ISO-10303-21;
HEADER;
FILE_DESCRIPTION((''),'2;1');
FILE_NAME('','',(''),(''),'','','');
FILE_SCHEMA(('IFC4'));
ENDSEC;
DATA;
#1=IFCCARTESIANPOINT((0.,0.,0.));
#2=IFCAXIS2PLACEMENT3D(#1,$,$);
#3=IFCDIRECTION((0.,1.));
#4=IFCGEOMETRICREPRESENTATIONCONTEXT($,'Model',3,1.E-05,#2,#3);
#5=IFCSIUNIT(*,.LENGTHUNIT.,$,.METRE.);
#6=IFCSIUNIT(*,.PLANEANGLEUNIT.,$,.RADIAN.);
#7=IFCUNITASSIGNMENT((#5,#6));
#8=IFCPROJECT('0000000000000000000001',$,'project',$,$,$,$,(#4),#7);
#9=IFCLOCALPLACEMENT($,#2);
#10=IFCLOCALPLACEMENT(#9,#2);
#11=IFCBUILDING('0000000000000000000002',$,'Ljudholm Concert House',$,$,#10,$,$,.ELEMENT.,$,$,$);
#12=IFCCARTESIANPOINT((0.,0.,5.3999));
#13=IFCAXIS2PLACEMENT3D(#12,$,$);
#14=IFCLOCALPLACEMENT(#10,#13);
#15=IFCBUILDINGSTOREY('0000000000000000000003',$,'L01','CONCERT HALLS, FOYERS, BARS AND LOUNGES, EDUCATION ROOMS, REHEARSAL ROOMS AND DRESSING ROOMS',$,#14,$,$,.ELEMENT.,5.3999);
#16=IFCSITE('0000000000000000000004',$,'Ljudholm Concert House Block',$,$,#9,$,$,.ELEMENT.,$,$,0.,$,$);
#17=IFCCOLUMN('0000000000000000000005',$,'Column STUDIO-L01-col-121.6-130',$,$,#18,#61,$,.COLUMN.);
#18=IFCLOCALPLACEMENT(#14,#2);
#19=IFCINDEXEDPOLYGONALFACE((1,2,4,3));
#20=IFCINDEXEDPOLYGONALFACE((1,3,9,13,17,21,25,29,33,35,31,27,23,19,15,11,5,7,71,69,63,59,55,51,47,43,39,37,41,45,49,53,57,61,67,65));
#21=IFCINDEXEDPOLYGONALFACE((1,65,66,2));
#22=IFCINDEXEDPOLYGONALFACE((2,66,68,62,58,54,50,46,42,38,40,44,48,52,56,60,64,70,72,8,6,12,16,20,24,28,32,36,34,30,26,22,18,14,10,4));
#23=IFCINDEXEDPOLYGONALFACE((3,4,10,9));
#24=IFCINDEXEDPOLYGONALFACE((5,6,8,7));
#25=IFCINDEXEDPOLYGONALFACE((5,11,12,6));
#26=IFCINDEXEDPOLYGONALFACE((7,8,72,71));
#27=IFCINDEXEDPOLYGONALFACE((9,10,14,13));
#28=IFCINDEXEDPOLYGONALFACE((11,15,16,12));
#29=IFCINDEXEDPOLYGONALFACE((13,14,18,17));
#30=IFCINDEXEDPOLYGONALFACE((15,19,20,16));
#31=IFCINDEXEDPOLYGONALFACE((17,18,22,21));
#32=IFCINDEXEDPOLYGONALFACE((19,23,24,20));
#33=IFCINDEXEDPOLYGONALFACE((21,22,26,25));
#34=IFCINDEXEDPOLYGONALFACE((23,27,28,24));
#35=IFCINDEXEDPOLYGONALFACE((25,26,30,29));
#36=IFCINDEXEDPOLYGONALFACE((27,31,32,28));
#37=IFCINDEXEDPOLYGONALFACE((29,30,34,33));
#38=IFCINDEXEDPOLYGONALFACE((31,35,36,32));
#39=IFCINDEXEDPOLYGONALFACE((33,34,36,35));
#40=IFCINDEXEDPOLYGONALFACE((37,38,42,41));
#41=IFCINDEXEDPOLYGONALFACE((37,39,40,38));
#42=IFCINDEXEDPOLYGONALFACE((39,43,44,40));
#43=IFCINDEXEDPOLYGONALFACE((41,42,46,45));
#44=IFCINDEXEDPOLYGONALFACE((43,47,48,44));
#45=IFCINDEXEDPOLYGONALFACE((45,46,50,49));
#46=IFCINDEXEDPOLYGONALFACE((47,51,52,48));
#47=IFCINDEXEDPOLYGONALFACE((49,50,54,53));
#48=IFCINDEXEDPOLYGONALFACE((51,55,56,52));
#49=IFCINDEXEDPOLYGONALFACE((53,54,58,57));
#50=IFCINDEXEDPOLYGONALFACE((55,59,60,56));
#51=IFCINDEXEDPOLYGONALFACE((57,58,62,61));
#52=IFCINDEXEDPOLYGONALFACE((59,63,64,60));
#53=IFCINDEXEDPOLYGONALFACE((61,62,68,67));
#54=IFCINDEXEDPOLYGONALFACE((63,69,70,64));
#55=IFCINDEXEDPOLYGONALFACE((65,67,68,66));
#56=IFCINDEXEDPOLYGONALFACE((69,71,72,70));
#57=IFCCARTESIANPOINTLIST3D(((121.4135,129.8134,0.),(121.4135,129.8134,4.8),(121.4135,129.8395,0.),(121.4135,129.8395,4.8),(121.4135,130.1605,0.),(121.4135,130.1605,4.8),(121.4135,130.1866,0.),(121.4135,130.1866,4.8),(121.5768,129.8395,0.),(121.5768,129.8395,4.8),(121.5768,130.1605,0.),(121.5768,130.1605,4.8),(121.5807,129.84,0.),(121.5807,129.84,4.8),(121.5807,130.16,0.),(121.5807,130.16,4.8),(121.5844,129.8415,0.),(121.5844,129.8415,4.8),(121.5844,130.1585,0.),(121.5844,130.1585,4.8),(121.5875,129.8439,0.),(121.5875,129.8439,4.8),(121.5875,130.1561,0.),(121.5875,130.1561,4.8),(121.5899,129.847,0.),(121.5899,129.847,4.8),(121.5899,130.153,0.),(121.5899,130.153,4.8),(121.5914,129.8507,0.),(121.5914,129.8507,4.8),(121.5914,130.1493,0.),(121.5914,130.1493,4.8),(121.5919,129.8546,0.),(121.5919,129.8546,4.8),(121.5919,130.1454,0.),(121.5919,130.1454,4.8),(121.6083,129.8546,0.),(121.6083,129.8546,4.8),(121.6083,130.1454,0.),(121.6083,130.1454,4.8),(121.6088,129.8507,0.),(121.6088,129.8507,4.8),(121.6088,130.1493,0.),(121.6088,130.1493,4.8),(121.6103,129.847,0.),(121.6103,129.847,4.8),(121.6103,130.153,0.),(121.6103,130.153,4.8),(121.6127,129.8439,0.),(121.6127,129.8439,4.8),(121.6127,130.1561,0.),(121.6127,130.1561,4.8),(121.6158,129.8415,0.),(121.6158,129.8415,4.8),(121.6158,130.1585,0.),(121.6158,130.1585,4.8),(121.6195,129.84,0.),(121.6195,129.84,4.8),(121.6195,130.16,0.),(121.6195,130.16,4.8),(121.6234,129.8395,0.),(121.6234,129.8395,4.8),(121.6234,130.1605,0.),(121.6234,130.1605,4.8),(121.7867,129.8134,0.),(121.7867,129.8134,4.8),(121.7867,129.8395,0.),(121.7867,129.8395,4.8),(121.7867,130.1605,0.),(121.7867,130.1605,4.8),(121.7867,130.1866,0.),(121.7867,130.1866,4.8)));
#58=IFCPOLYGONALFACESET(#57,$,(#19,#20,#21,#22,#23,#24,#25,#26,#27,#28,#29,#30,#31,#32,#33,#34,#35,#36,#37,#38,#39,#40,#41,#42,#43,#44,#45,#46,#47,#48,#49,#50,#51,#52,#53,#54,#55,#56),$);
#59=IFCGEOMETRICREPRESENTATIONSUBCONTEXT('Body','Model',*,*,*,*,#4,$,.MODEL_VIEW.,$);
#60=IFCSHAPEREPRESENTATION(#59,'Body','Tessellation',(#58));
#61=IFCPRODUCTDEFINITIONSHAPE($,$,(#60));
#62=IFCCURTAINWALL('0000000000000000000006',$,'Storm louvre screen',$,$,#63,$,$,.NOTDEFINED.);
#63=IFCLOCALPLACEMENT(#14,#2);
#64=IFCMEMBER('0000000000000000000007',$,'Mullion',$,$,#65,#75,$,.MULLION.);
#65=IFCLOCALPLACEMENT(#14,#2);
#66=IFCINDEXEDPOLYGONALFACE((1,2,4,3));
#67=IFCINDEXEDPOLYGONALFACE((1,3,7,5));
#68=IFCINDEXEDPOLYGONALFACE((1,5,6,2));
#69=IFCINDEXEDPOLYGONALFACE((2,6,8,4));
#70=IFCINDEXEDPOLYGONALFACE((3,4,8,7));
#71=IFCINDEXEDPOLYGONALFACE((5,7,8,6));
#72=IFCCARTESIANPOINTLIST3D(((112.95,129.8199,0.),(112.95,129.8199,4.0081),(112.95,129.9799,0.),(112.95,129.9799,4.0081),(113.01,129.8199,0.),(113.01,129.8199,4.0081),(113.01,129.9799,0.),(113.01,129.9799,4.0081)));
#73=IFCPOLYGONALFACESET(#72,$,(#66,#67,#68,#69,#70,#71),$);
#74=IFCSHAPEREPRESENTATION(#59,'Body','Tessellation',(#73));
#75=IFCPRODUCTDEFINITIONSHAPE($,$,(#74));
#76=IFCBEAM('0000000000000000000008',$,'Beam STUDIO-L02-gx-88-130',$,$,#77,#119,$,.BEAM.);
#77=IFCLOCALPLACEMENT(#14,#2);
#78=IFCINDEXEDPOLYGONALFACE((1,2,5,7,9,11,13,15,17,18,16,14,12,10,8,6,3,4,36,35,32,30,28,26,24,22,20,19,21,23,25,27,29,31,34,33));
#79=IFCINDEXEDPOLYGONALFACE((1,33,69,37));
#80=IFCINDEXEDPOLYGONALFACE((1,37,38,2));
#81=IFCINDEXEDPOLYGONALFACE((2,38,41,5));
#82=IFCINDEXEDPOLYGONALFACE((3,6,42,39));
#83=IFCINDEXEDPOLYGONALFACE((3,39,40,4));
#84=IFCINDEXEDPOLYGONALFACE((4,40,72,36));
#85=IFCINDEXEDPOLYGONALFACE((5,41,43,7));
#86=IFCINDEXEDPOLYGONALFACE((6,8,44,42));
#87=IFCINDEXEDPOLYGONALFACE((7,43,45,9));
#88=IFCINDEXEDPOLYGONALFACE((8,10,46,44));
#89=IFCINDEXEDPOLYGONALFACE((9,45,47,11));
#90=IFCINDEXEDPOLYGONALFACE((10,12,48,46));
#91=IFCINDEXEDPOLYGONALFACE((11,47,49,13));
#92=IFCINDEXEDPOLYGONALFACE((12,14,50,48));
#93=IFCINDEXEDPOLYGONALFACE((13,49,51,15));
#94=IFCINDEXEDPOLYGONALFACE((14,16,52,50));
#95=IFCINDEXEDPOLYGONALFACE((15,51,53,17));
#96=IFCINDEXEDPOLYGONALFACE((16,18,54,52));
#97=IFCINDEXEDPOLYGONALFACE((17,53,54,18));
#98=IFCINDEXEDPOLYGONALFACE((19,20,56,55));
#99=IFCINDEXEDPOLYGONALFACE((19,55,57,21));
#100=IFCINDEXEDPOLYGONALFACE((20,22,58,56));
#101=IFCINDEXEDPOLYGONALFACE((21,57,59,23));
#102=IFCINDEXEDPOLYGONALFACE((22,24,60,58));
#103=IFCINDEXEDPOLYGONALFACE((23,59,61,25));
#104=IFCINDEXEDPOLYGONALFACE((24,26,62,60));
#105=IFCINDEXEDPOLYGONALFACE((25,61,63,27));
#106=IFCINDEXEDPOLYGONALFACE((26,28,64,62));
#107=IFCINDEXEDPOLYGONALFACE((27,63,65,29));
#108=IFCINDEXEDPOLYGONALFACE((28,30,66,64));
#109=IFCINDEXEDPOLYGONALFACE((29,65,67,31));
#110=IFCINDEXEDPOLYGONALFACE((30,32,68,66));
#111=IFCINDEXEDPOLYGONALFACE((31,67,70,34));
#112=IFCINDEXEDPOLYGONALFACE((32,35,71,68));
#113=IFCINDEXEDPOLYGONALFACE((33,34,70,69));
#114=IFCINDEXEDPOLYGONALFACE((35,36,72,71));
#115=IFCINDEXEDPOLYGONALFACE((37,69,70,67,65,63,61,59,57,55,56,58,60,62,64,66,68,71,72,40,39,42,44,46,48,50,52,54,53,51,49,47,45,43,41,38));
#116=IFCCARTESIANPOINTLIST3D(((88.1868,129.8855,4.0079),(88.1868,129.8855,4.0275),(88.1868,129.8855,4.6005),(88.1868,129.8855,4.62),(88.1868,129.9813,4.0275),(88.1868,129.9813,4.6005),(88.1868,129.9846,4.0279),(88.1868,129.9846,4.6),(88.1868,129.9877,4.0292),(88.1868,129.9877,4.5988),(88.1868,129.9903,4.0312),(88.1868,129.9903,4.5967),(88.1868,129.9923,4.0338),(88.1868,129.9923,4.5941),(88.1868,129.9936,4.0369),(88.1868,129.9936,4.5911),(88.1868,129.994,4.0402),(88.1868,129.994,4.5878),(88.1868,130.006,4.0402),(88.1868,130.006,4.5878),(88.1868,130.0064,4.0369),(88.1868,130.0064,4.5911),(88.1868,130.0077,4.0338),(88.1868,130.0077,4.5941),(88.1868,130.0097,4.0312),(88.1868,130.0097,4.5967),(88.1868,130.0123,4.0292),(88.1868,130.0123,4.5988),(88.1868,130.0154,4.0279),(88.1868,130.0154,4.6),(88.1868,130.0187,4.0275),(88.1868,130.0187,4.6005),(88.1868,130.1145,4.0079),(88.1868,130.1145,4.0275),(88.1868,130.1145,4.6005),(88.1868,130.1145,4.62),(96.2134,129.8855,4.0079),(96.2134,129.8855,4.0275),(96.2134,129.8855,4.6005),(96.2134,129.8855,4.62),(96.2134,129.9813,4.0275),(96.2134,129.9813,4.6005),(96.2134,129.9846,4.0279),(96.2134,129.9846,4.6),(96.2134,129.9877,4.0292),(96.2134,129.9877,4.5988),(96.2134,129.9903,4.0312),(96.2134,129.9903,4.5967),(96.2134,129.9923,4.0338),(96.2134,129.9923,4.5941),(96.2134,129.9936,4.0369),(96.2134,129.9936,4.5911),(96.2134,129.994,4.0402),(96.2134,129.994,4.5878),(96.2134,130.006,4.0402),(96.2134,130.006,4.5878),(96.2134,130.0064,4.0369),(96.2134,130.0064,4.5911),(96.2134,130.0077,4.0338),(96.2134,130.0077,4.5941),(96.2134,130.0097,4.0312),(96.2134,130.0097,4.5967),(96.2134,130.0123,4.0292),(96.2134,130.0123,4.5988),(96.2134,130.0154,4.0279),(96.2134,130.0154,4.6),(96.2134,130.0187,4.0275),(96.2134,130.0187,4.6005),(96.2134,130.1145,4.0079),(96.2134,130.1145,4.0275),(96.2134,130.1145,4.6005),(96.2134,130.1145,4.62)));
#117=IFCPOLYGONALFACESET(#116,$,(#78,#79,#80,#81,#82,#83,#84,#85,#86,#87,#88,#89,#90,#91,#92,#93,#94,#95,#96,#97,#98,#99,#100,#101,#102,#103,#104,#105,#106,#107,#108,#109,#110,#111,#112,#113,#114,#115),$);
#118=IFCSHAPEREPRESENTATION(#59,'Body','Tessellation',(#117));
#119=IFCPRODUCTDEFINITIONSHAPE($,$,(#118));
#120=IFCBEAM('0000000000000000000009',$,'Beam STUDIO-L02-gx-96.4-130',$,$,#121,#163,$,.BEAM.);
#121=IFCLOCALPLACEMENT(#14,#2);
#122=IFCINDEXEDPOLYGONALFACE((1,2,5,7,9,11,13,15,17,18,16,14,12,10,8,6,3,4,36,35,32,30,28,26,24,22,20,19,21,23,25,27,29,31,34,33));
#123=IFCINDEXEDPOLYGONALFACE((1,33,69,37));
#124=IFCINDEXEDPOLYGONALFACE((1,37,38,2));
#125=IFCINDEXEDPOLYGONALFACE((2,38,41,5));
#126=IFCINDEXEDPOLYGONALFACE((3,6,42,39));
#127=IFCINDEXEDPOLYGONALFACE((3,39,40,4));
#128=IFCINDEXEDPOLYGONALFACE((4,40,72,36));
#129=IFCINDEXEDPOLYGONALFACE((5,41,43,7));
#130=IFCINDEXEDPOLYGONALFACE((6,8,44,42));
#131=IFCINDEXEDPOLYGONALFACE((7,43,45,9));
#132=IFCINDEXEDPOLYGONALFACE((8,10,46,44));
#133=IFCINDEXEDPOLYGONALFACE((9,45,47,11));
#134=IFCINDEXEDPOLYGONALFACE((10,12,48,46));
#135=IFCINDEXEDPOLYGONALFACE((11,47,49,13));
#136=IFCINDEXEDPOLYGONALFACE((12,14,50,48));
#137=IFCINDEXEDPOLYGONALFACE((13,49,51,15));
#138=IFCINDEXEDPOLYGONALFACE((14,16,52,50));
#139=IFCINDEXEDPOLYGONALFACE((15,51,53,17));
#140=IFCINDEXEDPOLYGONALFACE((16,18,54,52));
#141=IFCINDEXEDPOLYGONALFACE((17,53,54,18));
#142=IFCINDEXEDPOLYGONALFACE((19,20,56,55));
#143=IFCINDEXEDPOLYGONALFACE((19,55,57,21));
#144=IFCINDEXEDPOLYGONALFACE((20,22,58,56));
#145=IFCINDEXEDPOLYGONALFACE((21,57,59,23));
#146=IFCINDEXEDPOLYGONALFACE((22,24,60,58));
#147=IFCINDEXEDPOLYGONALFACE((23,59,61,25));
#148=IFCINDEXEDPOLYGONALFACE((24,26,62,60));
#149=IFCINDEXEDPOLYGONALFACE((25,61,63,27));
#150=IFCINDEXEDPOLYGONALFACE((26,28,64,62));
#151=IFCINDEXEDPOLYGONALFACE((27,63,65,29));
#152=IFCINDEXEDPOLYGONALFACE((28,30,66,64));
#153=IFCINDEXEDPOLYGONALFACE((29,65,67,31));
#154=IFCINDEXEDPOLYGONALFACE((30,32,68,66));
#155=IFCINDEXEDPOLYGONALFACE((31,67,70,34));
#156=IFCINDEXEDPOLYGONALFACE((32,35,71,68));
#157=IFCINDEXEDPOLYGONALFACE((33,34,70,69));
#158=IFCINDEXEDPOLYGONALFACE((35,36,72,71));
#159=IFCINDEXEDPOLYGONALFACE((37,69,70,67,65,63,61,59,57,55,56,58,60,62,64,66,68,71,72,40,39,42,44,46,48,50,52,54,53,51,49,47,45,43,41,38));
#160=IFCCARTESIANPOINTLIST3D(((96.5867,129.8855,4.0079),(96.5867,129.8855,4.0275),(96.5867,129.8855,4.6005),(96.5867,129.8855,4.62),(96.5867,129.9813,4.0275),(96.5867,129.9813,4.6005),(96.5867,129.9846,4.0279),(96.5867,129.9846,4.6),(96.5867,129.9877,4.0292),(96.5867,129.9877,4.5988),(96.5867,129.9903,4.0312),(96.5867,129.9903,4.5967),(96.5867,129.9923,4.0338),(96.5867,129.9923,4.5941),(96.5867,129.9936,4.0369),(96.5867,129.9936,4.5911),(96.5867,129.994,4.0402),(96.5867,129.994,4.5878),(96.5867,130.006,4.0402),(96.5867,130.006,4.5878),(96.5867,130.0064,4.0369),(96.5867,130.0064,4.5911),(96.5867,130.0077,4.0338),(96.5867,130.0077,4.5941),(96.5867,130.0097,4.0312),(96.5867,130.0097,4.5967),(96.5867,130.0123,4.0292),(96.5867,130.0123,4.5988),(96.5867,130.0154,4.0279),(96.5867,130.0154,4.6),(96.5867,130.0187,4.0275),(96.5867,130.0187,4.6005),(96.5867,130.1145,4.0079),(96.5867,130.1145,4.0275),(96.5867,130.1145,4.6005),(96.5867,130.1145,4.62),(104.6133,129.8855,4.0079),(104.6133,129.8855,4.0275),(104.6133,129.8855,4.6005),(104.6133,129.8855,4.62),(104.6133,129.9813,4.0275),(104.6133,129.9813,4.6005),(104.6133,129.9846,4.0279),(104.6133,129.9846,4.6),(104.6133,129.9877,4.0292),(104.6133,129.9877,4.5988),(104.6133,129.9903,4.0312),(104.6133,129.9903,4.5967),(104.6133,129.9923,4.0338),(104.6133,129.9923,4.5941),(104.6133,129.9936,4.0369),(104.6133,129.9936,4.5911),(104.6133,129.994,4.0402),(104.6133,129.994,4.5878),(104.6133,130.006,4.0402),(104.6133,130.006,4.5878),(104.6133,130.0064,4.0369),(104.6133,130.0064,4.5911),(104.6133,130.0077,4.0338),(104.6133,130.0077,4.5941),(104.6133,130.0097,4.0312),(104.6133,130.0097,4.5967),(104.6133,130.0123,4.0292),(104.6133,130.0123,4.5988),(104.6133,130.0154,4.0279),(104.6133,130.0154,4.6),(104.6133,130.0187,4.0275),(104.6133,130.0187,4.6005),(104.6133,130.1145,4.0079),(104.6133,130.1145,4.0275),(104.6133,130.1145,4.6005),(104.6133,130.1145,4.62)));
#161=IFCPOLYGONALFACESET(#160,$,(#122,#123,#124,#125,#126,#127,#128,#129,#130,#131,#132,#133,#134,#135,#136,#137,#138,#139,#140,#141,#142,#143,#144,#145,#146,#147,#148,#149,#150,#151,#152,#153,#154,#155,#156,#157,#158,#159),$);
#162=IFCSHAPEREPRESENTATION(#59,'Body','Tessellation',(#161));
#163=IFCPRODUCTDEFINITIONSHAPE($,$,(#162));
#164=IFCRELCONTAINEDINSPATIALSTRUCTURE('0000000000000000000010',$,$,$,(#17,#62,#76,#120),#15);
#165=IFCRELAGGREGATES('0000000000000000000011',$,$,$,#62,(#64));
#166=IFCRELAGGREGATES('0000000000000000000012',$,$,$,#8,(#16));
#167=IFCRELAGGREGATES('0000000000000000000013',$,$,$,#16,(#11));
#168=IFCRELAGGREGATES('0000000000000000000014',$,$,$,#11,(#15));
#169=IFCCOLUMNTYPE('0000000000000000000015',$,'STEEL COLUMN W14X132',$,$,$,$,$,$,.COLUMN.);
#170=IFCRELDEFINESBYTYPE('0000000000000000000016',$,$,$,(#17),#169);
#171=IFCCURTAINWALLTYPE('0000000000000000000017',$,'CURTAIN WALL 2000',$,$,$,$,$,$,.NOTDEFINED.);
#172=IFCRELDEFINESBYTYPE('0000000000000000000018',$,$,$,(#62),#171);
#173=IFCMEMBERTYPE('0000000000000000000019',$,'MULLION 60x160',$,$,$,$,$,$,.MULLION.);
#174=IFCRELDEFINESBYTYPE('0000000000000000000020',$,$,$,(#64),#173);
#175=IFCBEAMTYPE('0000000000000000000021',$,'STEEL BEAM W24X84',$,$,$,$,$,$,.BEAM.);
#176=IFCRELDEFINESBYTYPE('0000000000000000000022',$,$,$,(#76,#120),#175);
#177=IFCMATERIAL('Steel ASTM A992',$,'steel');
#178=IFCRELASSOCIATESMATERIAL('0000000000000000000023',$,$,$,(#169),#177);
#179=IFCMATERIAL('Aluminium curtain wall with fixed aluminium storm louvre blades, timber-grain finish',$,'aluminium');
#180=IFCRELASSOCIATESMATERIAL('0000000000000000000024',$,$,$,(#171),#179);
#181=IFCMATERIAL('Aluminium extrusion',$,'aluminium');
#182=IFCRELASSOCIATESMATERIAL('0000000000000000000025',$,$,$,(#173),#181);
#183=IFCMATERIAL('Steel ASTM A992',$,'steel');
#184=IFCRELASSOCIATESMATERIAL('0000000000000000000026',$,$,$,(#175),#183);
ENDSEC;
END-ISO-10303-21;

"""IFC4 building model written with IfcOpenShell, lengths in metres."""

from ifc_helpers import new_model, si_unit, direction, frame, origin, origin_2d, place, context, subcontext, project, spatial, rectangle, i_section, extrude, material, material_profile, profile_set, type_object, element, aggregate, save


model = new_model("IFC4")

# Units and contexts
model_context = context("Model", 3, precision=1e-05, world=origin(), true_north=direction((0.0, 1.0)))
body_context = subcontext(model_context, "Body", "Model", "MODEL_VIEW")
ifc_project = project(units=[si_unit("LENGTHUNIT", "METRE"), si_unit("PLANEANGLEUNIT", "RADIAN")], contexts=[model_context])

# Site, building, storey
site_placement = place(None, origin())
site = spatial("IfcSite", under=ifc_project, at=site_placement, Name="Ljudholm Concert House Block", CompositionType="ELEMENT", RefElevation=0.0)
building_placement = place(site_placement, origin())
building = spatial("IfcBuilding", under=site, at=building_placement, Name="Ljudholm Concert House", CompositionType="ELEMENT")
storey_placement = place(building_placement, frame((0.0, 0.0, 5.3999)))
storey = spatial("IfcBuildingStorey", under=building, at=storey_placement, Name="L01", Description="CONCERT HALLS, FOYERS, BARS AND LOUNGES, EDUCATION ROOMS, REHEARSAL ROOMS AND DRESSING ROOMS", CompositionType="ELEMENT", Elevation=5.3999)

# Column
ifc_material_1 = material(Name="Steel ASTM A992", Category="steel")
ifc_material_profile_1 = material_profile(ifc_material_1, i_section(OverallWidth=0.3733, OverallDepth=0.3733, WebThickness=0.0164, FlangeThickness=0.0261, FilletRadius=0.0151, at=origin_2d()), Name="W14X132")
ifc_profile_set_1 = profile_set([ifc_material_profile_1], Name="Steel ASTM A992")
column_type = type_object("IfcColumnType", Name="STEEL COLUMN W14X132", PredefinedType="COLUMN", material=ifc_profile_set_1)
for number, where, z_axis, x_axis, name in (
    (1, (121.6001, 130.0, 0.0), (0.0, 0.0, 1.0), (1.0, 0.0, 0.0), "Column STUDIO-L01-col-121.6-130"),
):
    element("IfcColumn", number, at=place(storey_placement, frame(where, z_axis=z_axis, x_axis=x_axis)), inside=storey, type_object=column_type, Name=name, PredefinedType="COLUMN", context=body_context, shape_type="SweptSolid", body=[
        extrude(i_section(OverallWidth=0.3733, OverallDepth=0.3733, WebThickness=0.0164, FlangeThickness=0.0261, FilletRadius=0.0151, at=origin_2d()), origin(), (0.0, 0.0, 1.0), 4.8),
    ])

# Curtain wall, member
ifc_material_2 = material(Name="Aluminium curtain wall with fixed aluminium storm louvre blades, timber-grain finish", Category="aluminium")
curtain_wall_type = type_object("IfcCurtainWallType", Name="CURTAIN WALL 2000", PredefinedType="NOTDEFINED", material=ifc_material_2)
curtain_wall_placement = place(storey_placement, origin())
curtain_wall = element("IfcCurtainWall", 2, at=curtain_wall_placement, inside=storey, type_object=curtain_wall_type, Name="Storm louvre screen", PredefinedType="NOTDEFINED")
ifc_material_3 = material(Name="Aluminium extrusion", Category="aluminium")
ifc_material_profile_2 = material_profile(ifc_material_3, rectangle(XDim=0.1599, YDim=0.0601, at=origin_2d()), Name="MULLION 60x160")
ifc_profile_set_2 = profile_set([ifc_material_profile_2], Name="Aluminium extrusion")
member_type_1 = type_object("IfcMemberType", Name="MULLION 60x160", PredefinedType="MULLION", material=ifc_profile_set_2)
member_1_placement = place(storey_placement, frame((112.98, 129.8999, 0.0), z_axis=(0.0, 0.0, 1.0), x_axis=(0.0, 1.0, 0.0)))
member_1 = element("IfcMember", 3, at=member_1_placement, type_object=member_type_1, Name="Mullion", PredefinedType="MULLION", context=body_context, shape_type="SweptSolid", body=[
    extrude(rectangle(XDim=0.1599, YDim=0.0601, at=origin_2d()), origin(), (0.0, 0.0, 1.0), 4.0081),
])

# Beams
ifc_material_4 = material(Name="Steel ASTM A992", Category="steel")
ifc_material_profile_3 = material_profile(ifc_material_4, i_section(OverallWidth=0.229, OverallDepth=0.6121, WebThickness=0.012, FlangeThickness=0.0195, FilletRadius=0.0127, at=origin_2d()), Name="W24X84")
ifc_profile_set_3 = profile_set([ifc_material_profile_3], Name="Steel ASTM A992")
beam_type = type_object("IfcBeamType", Name="STEEL BEAM W24X84", PredefinedType="BEAM", material=ifc_profile_set_3)
for number, where, z_axis, x_axis, name in (
    (4, (88.1868, 130.0, 4.314), (1.0, 0.0, 0.0), (0.0, 1.0, 0.0), "Beam STUDIO-L02-gx-88-130"),
    (5, (96.5867, 130.0, 4.314), (1.0, 0.0, 0.0), (0.0, 1.0, 0.0), "Beam STUDIO-L02-gx-96.4-130"),
):
    element("IfcBeam", number, at=place(storey_placement, frame(where, z_axis=z_axis, x_axis=x_axis)), inside=storey, type_object=beam_type, Name=name, PredefinedType="BEAM", context=body_context, shape_type="SweptSolid", body=[
        extrude(i_section(OverallWidth=0.229, OverallDepth=0.6121, WebThickness=0.012, FlangeThickness=0.0195, FilletRadius=0.0127, at=origin_2d()), origin(), (0.0, 0.0, 1.0), 8.0266),
    ])

aggregate(curtain_wall, [member_1])

save(model, "model.ifc")
